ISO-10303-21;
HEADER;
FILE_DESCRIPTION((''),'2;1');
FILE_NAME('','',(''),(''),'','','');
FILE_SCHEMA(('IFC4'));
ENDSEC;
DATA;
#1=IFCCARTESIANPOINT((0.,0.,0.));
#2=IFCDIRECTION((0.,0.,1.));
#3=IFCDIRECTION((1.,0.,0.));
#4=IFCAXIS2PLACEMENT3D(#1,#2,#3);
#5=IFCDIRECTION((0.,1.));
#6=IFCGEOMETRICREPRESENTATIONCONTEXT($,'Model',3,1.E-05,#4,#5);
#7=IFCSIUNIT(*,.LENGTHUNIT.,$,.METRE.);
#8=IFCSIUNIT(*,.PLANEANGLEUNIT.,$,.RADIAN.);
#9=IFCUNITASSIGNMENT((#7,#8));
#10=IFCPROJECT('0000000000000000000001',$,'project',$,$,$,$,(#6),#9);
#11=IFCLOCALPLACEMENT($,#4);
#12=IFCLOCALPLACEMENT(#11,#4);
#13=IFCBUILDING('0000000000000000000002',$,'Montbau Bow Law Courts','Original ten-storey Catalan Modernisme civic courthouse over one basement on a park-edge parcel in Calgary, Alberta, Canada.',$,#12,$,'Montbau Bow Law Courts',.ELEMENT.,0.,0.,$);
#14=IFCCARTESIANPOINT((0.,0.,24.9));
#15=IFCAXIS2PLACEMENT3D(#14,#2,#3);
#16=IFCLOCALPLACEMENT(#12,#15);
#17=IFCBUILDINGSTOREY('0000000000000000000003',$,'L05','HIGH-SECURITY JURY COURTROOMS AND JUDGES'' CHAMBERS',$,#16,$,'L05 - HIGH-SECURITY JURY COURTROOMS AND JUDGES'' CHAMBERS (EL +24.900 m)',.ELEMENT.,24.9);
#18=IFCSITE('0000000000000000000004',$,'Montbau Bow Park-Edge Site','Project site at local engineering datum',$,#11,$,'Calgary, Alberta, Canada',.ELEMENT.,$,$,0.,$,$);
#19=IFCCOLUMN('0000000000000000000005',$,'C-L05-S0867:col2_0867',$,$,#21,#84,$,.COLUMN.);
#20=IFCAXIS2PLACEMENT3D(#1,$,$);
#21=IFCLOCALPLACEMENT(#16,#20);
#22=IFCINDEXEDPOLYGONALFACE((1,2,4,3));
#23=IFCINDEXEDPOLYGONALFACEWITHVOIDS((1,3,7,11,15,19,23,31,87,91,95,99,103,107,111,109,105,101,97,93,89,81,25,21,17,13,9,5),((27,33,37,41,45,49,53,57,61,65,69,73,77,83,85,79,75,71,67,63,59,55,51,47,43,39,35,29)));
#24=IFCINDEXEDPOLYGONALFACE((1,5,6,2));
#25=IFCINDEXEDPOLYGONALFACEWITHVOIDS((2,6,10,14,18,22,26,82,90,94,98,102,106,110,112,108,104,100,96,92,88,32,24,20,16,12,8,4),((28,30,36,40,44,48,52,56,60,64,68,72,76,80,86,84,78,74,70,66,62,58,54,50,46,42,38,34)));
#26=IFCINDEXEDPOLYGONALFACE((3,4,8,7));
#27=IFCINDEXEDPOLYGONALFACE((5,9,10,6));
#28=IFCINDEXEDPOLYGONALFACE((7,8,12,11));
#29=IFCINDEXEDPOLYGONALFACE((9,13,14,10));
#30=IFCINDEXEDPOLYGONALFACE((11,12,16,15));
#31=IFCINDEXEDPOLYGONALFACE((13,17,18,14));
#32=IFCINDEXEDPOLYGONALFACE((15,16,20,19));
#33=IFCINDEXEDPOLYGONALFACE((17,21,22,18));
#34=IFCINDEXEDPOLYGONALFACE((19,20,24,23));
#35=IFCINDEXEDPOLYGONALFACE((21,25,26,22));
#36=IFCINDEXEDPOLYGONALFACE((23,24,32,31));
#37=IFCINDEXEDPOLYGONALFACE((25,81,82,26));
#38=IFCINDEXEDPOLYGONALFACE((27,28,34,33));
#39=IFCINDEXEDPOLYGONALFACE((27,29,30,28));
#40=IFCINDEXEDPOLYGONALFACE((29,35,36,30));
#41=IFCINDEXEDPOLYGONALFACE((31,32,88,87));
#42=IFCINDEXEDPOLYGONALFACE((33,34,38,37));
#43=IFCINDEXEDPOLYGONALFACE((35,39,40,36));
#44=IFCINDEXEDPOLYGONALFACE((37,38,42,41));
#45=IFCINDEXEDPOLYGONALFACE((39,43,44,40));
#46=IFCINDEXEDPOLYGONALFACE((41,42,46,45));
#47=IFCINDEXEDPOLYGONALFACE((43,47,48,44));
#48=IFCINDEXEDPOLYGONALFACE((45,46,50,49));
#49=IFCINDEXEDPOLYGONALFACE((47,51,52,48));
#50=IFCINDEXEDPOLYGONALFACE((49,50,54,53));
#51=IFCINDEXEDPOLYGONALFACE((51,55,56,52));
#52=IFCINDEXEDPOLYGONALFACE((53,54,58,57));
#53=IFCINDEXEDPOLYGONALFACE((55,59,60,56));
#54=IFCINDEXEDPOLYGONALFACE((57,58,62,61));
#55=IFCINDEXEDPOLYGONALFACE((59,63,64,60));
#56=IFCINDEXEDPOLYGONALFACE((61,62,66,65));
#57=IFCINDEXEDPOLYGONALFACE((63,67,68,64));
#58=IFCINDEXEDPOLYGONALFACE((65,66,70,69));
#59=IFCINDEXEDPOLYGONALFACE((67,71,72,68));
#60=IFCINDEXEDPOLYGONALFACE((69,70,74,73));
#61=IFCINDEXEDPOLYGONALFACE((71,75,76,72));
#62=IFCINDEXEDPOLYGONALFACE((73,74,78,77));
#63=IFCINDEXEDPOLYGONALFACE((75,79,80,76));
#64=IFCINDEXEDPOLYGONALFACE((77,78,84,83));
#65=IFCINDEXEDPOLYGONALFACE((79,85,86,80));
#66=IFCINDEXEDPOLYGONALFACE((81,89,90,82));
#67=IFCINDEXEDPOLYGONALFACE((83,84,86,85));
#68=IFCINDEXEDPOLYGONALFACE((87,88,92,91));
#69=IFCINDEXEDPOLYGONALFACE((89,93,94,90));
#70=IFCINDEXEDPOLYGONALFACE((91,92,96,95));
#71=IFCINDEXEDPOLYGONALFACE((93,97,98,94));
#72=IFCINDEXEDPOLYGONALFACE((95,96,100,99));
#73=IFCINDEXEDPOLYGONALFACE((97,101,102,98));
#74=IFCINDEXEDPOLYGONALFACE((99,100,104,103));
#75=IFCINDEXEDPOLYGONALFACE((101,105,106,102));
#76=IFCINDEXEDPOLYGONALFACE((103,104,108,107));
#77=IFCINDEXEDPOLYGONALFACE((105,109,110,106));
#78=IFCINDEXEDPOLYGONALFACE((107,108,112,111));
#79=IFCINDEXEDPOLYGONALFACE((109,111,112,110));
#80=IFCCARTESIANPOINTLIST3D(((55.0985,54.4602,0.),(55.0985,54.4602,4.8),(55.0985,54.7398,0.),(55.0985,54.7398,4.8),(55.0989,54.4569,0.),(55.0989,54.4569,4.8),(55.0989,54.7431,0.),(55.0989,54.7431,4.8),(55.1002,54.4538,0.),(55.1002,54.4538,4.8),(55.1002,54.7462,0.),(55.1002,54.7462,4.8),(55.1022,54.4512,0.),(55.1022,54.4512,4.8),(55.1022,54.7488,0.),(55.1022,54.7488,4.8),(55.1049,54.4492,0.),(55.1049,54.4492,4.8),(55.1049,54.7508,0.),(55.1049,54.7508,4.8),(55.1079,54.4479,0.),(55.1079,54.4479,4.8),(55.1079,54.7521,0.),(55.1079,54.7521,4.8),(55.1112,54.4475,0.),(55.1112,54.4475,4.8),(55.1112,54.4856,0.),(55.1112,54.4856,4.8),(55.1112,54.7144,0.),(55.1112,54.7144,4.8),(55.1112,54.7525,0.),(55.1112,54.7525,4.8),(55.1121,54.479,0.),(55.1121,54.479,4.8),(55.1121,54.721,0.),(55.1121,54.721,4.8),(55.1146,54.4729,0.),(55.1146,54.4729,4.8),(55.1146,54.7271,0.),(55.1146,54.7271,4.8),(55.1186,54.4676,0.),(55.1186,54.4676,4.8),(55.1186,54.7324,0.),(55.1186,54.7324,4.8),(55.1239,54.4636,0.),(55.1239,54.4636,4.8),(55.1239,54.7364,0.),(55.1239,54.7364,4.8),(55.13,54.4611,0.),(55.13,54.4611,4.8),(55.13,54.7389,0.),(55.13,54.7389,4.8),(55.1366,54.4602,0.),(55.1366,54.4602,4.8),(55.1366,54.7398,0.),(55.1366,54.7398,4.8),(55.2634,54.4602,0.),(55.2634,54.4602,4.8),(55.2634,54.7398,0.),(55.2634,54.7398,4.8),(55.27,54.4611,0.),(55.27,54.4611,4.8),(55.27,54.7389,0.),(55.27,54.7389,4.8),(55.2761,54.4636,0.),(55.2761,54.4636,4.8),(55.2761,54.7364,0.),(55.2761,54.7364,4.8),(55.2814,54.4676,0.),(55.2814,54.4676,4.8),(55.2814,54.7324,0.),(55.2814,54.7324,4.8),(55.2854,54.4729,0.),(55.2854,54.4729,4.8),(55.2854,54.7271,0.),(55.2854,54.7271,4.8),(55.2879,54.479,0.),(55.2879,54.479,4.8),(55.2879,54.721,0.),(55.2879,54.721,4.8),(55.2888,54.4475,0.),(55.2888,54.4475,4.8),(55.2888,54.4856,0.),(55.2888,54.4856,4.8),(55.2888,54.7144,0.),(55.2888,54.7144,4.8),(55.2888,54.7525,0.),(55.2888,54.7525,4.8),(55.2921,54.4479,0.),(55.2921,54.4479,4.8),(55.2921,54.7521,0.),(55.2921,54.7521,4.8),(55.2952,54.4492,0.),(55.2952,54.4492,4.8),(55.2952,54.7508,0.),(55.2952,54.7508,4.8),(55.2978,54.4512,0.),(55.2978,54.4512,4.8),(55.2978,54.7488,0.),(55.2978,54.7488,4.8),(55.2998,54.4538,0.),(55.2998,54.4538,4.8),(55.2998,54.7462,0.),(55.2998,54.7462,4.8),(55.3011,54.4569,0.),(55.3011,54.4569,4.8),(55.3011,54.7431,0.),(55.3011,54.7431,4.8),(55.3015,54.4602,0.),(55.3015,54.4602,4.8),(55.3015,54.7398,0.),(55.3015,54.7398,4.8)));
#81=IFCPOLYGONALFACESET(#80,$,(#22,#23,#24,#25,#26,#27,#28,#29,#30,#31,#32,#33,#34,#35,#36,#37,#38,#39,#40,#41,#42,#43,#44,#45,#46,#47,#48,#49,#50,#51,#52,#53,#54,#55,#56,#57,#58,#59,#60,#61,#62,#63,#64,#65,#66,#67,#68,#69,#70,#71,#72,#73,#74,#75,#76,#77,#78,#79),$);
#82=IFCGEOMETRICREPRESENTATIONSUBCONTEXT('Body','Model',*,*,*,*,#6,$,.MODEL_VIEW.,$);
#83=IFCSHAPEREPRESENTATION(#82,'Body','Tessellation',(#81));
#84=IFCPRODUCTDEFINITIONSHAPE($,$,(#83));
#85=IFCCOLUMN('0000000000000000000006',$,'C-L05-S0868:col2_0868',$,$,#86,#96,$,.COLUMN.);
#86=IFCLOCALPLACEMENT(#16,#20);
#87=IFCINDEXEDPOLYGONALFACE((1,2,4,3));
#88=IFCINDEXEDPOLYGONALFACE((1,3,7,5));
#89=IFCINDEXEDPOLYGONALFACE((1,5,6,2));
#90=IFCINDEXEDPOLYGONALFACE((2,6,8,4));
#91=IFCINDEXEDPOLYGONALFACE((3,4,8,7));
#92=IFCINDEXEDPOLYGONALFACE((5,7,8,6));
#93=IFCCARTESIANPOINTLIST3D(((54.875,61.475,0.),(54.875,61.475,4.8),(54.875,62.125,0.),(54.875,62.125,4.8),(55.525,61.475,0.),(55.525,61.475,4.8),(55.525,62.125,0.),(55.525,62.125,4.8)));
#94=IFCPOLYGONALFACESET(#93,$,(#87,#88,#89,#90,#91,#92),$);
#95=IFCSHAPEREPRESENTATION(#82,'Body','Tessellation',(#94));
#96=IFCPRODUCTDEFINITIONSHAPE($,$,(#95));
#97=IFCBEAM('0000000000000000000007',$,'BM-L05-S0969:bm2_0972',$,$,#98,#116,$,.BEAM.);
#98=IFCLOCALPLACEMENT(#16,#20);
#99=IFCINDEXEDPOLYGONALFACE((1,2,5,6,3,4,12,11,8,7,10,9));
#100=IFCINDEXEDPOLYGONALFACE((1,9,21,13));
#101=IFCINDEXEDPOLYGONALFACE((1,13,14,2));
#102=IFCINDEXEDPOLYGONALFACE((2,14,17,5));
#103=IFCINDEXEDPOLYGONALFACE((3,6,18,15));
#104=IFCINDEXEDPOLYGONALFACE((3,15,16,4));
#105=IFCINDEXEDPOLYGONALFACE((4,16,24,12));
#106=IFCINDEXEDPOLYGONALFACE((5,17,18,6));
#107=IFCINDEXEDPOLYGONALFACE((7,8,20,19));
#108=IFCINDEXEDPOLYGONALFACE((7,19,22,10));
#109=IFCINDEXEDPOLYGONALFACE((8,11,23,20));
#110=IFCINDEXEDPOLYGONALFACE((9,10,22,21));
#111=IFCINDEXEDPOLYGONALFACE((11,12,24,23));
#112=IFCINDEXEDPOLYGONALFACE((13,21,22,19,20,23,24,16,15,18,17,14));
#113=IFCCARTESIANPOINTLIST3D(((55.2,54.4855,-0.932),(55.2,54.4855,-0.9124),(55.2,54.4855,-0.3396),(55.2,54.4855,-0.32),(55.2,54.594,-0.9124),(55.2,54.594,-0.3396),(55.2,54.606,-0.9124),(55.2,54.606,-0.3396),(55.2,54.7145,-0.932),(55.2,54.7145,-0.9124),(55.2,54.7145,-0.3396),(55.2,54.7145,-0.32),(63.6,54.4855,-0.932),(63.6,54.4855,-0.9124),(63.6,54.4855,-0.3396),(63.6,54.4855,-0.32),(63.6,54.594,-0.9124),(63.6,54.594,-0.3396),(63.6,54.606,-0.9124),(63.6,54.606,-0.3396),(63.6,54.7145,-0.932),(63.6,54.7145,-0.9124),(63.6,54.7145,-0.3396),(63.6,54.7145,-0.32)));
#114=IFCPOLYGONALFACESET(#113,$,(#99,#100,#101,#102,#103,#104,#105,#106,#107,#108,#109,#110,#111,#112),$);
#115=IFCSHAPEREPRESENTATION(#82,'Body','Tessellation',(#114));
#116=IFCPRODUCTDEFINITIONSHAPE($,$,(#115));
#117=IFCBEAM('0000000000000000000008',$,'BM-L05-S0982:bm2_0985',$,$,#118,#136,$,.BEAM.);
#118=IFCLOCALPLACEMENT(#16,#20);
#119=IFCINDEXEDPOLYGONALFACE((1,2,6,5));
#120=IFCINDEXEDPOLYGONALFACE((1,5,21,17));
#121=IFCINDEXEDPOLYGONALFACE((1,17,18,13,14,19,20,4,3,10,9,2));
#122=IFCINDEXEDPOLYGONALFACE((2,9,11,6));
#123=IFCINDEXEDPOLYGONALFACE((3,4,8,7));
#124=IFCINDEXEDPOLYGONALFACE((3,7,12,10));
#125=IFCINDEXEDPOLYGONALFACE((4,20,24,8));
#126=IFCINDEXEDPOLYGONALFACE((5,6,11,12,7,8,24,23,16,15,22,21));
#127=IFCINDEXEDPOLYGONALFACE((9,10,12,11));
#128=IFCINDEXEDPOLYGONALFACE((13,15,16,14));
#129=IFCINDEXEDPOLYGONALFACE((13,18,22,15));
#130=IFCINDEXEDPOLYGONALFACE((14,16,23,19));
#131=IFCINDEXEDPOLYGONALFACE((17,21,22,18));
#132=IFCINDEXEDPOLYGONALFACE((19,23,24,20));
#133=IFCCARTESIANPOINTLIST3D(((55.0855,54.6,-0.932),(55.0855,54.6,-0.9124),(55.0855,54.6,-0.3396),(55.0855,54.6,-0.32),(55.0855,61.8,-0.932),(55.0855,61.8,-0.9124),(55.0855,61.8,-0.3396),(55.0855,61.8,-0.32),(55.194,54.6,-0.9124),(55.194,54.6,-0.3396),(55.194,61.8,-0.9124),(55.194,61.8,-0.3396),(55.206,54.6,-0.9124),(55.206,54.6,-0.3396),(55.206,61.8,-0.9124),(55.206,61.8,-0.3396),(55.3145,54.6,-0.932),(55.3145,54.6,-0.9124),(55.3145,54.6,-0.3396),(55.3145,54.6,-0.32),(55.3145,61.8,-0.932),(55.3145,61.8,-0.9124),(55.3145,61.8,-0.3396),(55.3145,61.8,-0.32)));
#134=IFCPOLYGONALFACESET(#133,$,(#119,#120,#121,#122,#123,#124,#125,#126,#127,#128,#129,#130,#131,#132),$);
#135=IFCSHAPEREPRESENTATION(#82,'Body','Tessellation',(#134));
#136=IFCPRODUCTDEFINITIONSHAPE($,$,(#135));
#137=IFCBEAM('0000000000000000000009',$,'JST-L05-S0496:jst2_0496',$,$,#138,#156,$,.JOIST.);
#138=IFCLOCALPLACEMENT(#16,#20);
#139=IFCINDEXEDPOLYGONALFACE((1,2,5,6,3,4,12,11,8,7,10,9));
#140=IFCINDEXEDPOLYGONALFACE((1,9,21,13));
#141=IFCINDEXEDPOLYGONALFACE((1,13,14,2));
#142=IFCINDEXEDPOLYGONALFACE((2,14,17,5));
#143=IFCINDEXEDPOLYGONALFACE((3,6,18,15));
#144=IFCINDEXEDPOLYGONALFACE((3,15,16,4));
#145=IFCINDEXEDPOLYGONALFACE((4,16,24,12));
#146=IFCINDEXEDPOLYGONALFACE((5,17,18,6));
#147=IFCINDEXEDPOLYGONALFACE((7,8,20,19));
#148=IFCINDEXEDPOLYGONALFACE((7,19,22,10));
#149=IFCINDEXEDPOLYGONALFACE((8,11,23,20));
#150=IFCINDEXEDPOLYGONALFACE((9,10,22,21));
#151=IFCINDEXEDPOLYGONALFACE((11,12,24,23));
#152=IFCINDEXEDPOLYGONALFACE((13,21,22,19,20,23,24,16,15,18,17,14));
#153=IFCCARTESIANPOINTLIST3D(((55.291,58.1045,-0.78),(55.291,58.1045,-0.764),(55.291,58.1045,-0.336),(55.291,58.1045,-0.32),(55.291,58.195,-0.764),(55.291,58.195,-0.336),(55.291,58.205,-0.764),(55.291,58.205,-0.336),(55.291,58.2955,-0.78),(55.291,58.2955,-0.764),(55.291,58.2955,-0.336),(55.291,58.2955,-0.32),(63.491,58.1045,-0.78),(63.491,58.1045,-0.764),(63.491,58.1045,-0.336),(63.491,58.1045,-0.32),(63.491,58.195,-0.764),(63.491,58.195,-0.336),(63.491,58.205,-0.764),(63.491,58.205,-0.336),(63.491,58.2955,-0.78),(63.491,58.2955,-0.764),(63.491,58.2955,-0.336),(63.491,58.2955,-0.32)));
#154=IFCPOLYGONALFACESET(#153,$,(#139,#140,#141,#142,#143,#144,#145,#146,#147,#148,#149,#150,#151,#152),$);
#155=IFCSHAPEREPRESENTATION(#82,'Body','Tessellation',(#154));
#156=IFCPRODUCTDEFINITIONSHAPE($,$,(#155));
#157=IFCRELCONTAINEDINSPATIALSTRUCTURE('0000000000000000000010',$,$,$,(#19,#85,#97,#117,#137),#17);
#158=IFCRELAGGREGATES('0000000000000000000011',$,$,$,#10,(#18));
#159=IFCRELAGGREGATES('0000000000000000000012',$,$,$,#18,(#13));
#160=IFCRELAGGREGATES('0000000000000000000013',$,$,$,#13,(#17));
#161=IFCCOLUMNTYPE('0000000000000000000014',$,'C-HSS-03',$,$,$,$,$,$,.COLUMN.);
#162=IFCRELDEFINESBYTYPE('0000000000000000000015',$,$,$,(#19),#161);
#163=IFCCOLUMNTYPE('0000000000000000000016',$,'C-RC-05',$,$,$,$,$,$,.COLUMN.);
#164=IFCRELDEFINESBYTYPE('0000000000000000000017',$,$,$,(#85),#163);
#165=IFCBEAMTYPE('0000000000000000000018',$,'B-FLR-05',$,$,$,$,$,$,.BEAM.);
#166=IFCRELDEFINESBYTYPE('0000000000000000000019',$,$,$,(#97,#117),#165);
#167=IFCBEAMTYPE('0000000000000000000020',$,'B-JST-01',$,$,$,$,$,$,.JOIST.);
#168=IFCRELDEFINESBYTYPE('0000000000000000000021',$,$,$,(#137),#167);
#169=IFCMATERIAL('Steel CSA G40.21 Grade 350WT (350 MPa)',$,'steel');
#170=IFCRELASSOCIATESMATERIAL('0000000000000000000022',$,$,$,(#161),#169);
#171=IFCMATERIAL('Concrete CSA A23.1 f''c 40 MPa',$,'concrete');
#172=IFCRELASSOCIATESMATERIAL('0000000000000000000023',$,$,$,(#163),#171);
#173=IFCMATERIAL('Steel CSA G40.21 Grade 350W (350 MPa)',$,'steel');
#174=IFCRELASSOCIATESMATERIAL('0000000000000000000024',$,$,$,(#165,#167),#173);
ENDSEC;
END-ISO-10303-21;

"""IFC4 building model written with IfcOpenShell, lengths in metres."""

from ifc_helpers import new_model, si_unit, direction, frame, origin_with_axes, origin_2d_with_axis, place, context, subcontext, project, spatial, rectangle, hollow_rectangle, i_section, extrude, material, material_profile, profile_set, type_object, element, save


model = new_model("IFC4")

# Units and contexts
model_context = context("Model", 3, precision=1e-05, world=origin_with_axes(), true_north=direction((0.0, 1.0)))
body_context = subcontext(model_context, "Body", "Model", "MODEL_VIEW")
ifc_project = project(units=[si_unit("LENGTHUNIT", "METRE"), si_unit("PLANEANGLEUNIT", "RADIAN")], contexts=[model_context])

# Site, building, storey
site_placement = place(None, origin_with_axes())
site = spatial("IfcSite", under=ifc_project, at=site_placement, Name="Montbau Bow Park-Edge Site", Description="Project site at local engineering datum", LongName="Calgary, Alberta, Canada", CompositionType="ELEMENT", RefElevation=0.0)
building_placement = place(site_placement, origin_with_axes())
building = spatial("IfcBuilding", under=site, at=building_placement, Name="Montbau Bow Law Courts", Description="Original ten-storey Catalan Modernisme civic courthouse over one basement on a park-edge parcel in Calgary, Alberta, Canada.", LongName="Montbau Bow Law Courts", CompositionType="ELEMENT", ElevationOfRefHeight=0.0, ElevationOfTerrain=0.0)
storey_placement = place(building_placement, frame((0.0, 0.0, 24.9), z_axis=(0.0, 0.0, 1.0), x_axis=(1.0, 0.0, 0.0)))
storey = spatial("IfcBuildingStorey", under=building, at=storey_placement, Name="L05", Description="HIGH-SECURITY JURY COURTROOMS AND JUDGES' CHAMBERS", LongName="L05 - HIGH-SECURITY JURY COURTROOMS AND JUDGES' CHAMBERS (EL +24.900 m)", CompositionType="ELEMENT", Elevation=24.9)

# Columns
ifc_material_1 = material(Name="Steel CSA G40.21 Grade 350WT (350 MPa)", Category="steel")
ifc_material_profile_1 = material_profile(ifc_material_1, hollow_rectangle(XDim=0.203, YDim=0.305, WallThickness=0.0127, InnerFilletRadius=0.0254, OuterFilletRadius=0.0127, at=origin_2d_with_axis()), Name="HSS305X203X13", Category="Main", Priority=0)
ifc_profile_set_1 = profile_set([ifc_material_profile_1], Name="Steel CSA G40.21 Grade 350WT (350 MPa)")
column_type_1 = type_object("IfcColumnType", Name="C-HSS-03", PredefinedType="COLUMN", material=ifc_profile_set_1)
column_1_placement = place(None, frame((55.2, 54.6, 24.9), z_axis=(0.0, 0.0, 1.0), x_axis=(1.0, 0.0, 0.0)))
element("IfcColumn", 1, at=column_1_placement, inside=storey, type_object=column_type_1, Name="C-L05-S0867:col2_0867", PredefinedType="COLUMN", context=body_context, shape_type="SweptSolid", body=[
    extrude(hollow_rectangle(XDim=0.203, YDim=0.305, WallThickness=0.0127, InnerFilletRadius=0.0254, OuterFilletRadius=0.0127, at=origin_2d_with_axis()), origin_with_axes(), (0.0, 0.0, 1.0), 4.8),
])
ifc_material_2 = material(Name="Concrete CSA A23.1 f'c 40 MPa", Category="concrete")
ifc_material_profile_2 = material_profile(ifc_material_2, rectangle(XDim=0.65, YDim=0.65, at=origin_2d_with_axis()), Name="RC650X650", Category="Main", Priority=0)
ifc_profile_set_2 = profile_set([ifc_material_profile_2], Name="Concrete CSA A23.1 f'c 40 MPa")
column_type_2 = type_object("IfcColumnType", Name="C-RC-05", PredefinedType="COLUMN", material=ifc_profile_set_2)
column_2_placement = place(None, frame((55.2, 61.8, 24.9), z_axis=(0.0, 0.0, 1.0), x_axis=(1.0, 0.0, 0.0)))
element("IfcColumn", 2, at=column_2_placement, inside=storey, type_object=column_type_2, Name="C-L05-S0868:col2_0868", PredefinedType="COLUMN", context=body_context, shape_type="SweptSolid", body=[
    extrude(rectangle(XDim=0.65, YDim=0.65, at=origin_2d_with_axis()), origin_with_axes(), (0.0, 0.0, 1.0), 4.8),
])

# Beams
ifc_material_3 = material(Name="Steel CSA G40.21 Grade 350W (350 MPa)", Category="steel")
ifc_material_profile_3 = material_profile(ifc_material_3, i_section(OverallWidth=0.229, OverallDepth=0.612, WebThickness=0.0119, FlangeThickness=0.0196, at=origin_2d_with_axis()), Name="W610X125", Category="Main", Priority=0)
ifc_profile_set_3 = profile_set([ifc_material_profile_3], Name="Steel CSA G40.21 Grade 350W (350 MPa)")
beam_type_1 = type_object("IfcBeamType", Name="B-FLR-05", PredefinedType="BEAM", material=ifc_profile_set_3)
beam_1_placement = place(None, frame((55.2, 54.6, 24.274), z_axis=(1.0, 0.0, 0.0), x_axis=(0.0, 1.0, 0.0)))
element("IfcBeam", 3, at=beam_1_placement, inside=storey, type_object=beam_type_1, Name="BM-L05-S0969:bm2_0972", PredefinedType="BEAM", context=body_context, shape_type="SweptSolid", body=[
    extrude(i_section(OverallWidth=0.229, OverallDepth=0.612, WebThickness=0.0119, FlangeThickness=0.0196, at=origin_2d_with_axis()), origin_with_axes(), (0.0, 0.0, 1.0), 8.4),
])
beam_2_placement = place(None, frame((55.2, 54.6, 24.274), z_axis=(0.0, 1.0, 0.0), x_axis=(-1.0, 0.0, 0.0)))
element("IfcBeam", 4, at=beam_2_placement, inside=storey, type_object=beam_type_1, Name="BM-L05-S0982:bm2_0985", PredefinedType="BEAM", context=body_context, shape_type="SweptSolid", body=[
    extrude(i_section(OverallWidth=0.229, OverallDepth=0.612, WebThickness=0.0119, FlangeThickness=0.0196, at=origin_2d_with_axis()), origin_with_axes(), (0.0, 0.0, 1.0), 7.2),
])
ifc_material_profile_4 = material_profile(ifc_material_3, i_section(OverallWidth=0.191, OverallDepth=0.46, WebThickness=0.0099, FlangeThickness=0.016, at=origin_2d_with_axis()), Name="W460X82", Category="Main", Priority=0)
ifc_profile_set_4 = profile_set([ifc_material_profile_4], Name="Steel CSA G40.21 Grade 350W (350 MPa)")
beam_type_2 = type_object("IfcBeamType", Name="B-JST-01", PredefinedType="JOIST", material=ifc_profile_set_4)
beam_3_placement = place(None, frame((55.291, 58.2, 24.35), z_axis=(1.0, 0.0, 0.0), x_axis=(0.0, 1.0, 0.0)))
element("IfcBeam", 5, at=beam_3_placement, inside=storey, type_object=beam_type_2, Name="JST-L05-S0496:jst2_0496", PredefinedType="JOIST", context=body_context, shape_type="SweptSolid", body=[
    extrude(i_section(OverallWidth=0.191, OverallDepth=0.46, WebThickness=0.0099, FlangeThickness=0.016, at=origin_2d_with_axis()), origin_with_axes(), (0.0, 0.0, 1.0), 8.2),
])

save(model, "model.ifc")
